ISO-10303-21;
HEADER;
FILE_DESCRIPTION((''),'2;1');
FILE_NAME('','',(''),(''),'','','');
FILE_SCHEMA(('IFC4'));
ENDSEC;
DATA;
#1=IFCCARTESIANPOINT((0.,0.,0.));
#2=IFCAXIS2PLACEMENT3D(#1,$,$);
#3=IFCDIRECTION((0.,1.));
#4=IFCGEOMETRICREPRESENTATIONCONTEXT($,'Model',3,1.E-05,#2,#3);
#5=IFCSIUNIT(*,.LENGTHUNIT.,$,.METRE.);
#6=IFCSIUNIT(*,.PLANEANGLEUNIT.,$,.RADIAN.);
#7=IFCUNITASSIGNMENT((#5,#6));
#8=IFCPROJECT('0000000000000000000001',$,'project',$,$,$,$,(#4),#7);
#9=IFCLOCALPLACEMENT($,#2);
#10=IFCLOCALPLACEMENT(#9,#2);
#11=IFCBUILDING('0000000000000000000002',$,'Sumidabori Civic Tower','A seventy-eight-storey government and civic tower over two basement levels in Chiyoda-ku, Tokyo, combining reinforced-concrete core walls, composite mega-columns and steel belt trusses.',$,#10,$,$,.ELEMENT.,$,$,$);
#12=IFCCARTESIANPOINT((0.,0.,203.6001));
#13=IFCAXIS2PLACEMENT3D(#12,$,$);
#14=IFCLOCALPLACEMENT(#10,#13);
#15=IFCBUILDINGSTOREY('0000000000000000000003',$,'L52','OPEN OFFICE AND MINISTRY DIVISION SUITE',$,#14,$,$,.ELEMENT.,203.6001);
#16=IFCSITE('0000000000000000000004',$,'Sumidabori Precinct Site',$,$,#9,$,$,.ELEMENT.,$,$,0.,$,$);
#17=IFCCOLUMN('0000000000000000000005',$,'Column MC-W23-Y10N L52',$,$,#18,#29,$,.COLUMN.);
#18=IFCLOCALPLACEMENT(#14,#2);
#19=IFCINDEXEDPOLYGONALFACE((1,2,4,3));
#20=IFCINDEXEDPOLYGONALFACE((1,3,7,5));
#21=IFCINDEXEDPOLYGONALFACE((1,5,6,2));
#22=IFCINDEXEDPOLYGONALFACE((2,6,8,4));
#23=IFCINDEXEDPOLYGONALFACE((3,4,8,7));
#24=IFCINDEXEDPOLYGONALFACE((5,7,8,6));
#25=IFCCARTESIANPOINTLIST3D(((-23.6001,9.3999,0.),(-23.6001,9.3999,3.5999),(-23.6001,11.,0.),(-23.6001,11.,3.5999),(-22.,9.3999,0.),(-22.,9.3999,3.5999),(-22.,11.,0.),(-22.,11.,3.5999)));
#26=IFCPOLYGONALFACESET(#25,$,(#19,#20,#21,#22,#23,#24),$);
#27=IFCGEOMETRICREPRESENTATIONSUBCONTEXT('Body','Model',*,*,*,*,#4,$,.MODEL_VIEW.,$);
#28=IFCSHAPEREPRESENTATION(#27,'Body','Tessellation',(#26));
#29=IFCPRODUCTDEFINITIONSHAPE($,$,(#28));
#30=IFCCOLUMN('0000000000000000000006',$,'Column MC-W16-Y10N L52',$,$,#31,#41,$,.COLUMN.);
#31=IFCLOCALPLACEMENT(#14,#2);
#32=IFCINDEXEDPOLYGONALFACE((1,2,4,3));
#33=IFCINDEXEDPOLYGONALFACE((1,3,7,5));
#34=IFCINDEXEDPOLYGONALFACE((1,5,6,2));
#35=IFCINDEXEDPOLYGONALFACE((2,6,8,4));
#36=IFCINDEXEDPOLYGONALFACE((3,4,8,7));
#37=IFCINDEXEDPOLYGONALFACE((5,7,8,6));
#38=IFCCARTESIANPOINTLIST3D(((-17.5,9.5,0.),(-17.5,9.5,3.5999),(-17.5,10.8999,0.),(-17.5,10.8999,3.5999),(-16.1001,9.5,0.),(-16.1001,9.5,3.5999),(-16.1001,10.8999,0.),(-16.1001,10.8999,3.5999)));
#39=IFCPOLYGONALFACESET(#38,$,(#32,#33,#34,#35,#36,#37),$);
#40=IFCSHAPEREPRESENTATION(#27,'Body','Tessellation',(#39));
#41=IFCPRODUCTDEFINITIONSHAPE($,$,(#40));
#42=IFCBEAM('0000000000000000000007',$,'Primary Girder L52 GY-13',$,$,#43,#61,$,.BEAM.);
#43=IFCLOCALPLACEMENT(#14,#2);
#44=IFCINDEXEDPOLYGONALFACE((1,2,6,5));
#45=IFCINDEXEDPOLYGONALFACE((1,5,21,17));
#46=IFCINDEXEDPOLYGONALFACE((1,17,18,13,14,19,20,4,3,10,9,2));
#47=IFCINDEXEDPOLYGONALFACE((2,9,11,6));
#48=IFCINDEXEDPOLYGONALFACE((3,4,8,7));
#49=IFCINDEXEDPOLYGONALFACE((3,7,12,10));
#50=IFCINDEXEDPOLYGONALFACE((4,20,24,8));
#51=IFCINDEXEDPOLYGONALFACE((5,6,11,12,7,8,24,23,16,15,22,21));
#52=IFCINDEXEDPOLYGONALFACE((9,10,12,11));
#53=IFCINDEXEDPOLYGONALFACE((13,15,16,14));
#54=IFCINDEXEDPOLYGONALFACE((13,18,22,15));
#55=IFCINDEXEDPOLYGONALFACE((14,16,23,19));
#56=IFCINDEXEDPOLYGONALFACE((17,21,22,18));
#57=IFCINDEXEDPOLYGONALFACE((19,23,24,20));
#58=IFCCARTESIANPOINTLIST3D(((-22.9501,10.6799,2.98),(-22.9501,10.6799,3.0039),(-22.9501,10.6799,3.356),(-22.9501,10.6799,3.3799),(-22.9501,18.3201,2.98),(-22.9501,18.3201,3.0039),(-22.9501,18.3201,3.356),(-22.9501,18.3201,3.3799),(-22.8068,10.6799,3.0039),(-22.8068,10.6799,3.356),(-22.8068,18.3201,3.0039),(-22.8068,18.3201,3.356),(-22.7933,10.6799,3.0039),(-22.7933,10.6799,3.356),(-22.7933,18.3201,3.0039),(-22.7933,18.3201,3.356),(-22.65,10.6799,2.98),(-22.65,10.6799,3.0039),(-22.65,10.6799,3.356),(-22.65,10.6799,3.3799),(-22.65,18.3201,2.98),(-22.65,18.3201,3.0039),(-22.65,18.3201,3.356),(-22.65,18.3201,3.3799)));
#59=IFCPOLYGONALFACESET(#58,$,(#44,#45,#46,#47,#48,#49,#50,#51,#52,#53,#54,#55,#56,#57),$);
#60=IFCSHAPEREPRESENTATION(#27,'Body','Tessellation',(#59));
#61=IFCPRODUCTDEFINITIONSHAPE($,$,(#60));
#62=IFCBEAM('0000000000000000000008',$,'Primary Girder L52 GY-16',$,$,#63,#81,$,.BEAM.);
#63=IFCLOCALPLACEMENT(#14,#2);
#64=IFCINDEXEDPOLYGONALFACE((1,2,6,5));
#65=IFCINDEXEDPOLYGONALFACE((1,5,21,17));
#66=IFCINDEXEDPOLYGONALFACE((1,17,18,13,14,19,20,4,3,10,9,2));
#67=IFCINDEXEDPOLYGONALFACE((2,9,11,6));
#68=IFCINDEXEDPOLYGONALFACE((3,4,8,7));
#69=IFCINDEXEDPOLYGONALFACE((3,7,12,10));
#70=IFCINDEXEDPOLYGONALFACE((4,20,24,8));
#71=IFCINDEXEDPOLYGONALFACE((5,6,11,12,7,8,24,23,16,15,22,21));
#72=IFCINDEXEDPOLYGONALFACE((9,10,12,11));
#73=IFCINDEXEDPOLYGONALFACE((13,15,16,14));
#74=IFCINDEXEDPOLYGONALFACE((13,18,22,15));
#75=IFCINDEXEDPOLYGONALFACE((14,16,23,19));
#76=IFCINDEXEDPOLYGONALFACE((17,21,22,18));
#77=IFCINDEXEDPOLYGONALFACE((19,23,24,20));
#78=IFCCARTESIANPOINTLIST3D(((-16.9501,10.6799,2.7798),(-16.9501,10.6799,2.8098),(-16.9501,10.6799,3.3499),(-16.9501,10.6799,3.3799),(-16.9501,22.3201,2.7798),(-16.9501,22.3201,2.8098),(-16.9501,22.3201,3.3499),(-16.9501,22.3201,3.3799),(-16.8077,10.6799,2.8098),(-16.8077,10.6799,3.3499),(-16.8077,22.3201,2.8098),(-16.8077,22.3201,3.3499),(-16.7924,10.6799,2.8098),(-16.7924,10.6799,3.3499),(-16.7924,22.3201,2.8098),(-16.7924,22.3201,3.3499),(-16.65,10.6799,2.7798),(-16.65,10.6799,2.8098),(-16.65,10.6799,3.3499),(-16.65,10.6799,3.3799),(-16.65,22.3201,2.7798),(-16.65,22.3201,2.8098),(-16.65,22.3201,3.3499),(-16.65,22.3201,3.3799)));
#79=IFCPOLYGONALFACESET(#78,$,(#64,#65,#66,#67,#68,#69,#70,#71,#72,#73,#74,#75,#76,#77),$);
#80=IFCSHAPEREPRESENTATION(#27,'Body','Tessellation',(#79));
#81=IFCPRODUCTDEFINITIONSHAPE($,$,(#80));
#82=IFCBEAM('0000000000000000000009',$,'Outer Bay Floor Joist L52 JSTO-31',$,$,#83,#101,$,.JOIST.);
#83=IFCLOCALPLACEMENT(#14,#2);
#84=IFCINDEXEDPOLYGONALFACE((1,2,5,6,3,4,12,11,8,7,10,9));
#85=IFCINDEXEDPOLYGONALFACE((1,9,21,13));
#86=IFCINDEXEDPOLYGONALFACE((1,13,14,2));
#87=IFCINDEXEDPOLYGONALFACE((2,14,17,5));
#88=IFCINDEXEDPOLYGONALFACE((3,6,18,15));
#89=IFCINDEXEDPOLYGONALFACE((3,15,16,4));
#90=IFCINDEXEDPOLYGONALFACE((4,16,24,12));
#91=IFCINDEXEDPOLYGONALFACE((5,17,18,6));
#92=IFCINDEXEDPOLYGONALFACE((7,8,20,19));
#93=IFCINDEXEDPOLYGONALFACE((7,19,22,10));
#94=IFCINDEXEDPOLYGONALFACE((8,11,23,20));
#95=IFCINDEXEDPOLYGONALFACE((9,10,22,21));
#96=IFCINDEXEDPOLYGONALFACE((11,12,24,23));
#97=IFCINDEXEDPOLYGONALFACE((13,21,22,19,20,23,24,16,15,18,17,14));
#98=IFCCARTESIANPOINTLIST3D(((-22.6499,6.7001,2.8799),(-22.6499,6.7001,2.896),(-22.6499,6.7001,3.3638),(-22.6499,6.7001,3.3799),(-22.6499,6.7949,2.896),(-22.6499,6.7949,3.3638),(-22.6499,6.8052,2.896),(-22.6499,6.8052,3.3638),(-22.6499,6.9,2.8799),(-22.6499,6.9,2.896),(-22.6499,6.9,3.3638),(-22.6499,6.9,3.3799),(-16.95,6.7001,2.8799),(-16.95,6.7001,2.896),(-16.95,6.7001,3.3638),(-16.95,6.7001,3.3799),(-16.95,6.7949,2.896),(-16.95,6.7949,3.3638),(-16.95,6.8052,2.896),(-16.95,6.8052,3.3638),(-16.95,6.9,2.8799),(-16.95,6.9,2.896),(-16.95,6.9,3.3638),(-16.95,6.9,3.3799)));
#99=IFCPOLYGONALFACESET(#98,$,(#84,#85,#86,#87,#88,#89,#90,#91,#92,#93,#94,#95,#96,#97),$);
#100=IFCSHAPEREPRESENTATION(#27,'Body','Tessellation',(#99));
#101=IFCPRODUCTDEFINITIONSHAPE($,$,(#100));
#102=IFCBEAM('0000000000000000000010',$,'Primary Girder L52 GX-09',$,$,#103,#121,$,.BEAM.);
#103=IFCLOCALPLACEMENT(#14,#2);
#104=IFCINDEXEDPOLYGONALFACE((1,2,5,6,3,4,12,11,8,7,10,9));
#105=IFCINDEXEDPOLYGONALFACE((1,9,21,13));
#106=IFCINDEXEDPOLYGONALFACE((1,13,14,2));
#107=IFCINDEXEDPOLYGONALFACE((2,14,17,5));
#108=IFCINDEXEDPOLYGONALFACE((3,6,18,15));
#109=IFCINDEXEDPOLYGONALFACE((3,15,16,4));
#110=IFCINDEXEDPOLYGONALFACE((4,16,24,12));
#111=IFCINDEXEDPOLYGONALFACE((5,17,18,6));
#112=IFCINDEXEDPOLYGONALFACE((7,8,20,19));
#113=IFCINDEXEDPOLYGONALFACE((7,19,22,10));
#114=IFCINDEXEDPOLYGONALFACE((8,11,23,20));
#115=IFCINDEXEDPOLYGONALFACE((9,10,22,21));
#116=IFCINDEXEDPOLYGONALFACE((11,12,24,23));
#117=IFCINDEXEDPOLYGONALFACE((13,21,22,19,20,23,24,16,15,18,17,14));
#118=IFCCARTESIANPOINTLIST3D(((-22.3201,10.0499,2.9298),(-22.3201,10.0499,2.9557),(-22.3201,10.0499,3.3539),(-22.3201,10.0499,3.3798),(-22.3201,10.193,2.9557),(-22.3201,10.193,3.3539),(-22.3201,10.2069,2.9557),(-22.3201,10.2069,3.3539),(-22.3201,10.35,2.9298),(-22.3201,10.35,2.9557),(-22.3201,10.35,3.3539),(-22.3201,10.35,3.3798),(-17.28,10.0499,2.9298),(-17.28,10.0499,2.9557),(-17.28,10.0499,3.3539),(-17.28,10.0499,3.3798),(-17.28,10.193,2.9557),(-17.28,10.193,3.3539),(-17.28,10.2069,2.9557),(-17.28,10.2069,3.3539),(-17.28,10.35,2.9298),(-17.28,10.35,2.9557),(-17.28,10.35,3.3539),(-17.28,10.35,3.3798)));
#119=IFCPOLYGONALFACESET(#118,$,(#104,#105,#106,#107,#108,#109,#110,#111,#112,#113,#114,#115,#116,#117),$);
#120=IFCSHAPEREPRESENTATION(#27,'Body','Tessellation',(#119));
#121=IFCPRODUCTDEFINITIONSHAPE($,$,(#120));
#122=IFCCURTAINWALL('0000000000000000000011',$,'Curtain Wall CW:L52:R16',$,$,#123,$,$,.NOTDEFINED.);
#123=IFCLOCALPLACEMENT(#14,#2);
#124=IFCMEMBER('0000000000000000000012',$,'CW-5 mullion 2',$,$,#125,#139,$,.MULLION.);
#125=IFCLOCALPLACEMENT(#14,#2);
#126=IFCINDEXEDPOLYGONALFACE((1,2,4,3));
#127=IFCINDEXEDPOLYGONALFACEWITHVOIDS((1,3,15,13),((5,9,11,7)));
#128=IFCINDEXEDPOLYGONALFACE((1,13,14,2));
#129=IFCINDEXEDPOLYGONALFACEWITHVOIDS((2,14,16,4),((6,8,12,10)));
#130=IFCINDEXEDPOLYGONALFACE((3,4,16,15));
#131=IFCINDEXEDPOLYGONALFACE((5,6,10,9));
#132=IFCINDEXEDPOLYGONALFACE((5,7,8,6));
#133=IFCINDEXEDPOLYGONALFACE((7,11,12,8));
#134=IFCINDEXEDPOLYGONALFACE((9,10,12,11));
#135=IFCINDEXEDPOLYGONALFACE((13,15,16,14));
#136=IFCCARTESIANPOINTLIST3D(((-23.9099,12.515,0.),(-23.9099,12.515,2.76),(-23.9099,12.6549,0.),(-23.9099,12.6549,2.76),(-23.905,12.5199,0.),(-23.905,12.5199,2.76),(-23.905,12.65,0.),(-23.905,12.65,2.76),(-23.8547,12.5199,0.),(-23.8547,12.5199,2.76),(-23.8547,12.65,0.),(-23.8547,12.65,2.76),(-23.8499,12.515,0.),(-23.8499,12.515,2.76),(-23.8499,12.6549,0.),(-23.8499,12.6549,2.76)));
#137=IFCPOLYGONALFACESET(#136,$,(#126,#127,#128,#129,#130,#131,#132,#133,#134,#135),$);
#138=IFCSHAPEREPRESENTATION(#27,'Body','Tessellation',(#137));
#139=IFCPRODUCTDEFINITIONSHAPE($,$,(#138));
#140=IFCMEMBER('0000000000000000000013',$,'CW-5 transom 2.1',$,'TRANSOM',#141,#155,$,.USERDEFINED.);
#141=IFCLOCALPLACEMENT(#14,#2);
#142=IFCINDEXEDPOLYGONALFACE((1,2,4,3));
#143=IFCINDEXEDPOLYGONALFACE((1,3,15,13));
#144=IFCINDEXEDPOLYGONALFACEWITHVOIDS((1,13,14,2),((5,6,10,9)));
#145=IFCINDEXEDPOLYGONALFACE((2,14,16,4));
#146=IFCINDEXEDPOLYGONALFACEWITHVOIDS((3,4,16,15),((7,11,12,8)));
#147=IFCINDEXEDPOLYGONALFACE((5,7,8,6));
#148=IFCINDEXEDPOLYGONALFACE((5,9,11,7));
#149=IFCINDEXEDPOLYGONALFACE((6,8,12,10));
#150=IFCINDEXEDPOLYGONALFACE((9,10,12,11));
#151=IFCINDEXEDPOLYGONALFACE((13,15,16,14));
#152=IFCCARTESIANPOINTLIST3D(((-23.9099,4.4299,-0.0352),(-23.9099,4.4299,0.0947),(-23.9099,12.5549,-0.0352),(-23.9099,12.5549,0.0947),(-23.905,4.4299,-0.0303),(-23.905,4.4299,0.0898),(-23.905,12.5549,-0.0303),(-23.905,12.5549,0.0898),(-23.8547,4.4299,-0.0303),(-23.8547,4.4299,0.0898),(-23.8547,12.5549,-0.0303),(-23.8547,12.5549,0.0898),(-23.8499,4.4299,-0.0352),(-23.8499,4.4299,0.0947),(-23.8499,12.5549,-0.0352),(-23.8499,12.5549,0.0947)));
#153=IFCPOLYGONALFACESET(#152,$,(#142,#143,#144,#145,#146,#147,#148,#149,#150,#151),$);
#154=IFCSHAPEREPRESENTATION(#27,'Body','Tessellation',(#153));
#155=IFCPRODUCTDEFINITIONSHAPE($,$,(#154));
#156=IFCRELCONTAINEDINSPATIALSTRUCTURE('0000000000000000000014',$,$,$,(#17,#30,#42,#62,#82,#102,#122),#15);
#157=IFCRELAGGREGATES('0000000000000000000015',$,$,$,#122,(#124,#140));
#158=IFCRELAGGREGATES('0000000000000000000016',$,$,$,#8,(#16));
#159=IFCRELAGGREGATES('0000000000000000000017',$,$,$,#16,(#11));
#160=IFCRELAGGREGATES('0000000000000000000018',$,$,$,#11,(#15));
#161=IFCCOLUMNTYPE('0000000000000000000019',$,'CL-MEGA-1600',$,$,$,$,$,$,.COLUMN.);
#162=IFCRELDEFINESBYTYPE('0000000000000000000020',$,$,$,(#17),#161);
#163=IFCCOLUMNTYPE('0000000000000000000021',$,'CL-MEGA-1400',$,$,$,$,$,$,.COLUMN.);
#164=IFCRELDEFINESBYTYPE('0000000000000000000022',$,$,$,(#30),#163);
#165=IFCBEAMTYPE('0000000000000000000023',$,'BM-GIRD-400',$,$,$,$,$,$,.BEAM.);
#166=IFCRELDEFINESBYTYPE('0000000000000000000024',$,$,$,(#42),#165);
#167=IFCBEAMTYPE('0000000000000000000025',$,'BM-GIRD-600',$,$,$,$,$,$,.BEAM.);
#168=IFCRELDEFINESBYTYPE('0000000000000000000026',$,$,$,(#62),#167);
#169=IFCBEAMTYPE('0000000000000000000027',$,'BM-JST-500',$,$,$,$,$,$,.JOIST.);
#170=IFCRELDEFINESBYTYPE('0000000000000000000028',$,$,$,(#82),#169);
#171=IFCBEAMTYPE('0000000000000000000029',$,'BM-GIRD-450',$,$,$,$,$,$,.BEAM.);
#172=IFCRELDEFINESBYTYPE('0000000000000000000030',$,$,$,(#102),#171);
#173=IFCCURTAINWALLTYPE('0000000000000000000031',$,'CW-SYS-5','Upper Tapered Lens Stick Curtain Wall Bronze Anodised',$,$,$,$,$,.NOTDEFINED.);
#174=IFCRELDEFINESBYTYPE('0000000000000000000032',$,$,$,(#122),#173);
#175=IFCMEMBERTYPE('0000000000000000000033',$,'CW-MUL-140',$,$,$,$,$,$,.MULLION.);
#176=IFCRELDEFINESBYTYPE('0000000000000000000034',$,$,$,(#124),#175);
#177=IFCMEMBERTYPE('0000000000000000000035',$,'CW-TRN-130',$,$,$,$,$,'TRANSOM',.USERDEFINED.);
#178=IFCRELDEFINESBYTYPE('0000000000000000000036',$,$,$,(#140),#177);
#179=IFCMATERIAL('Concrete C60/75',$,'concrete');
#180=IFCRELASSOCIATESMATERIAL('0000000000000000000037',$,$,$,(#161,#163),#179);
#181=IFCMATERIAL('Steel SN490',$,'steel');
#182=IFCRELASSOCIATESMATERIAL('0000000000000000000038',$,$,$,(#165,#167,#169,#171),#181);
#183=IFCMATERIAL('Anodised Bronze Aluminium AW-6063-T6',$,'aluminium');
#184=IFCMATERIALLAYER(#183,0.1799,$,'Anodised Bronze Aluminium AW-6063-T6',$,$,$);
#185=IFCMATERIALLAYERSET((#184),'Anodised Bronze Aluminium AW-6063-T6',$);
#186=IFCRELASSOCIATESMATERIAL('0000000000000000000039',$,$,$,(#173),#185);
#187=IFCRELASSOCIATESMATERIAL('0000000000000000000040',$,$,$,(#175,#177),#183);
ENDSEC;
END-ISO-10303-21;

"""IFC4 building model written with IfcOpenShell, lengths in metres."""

from ifc_helpers import new_model, si_unit, direction, frame, origin, origin_2d, place, context, subcontext, project, spatial, rectangle, hollow_rectangle, i_section, extrude, source, transform, mapped, material, layer, layer_set, material_profile, profile_set, type_object, element, aggregate, save


model = new_model("IFC4")

# Units and contexts
model_context = context("Model", 3, precision=1e-05, world=origin(), true_north=direction((0.0, 1.0)))
body_context = subcontext(model_context, "Body", "Model", "MODEL_VIEW")
ifc_project = project(units=[si_unit("LENGTHUNIT", "METRE"), si_unit("PLANEANGLEUNIT", "RADIAN")], contexts=[model_context])

# Site, building, storey
site_placement = place(None, origin())
site = spatial("IfcSite", under=ifc_project, at=site_placement, Name="Sumidabori Precinct Site", CompositionType="ELEMENT", RefElevation=0.0)
building_placement = place(site_placement, origin())
building = spatial("IfcBuilding", under=site, at=building_placement, Name="Sumidabori Civic Tower", Description="A seventy-eight-storey government and civic tower over two basement levels in Chiyoda-ku, Tokyo, combining reinforced-concrete core walls, composite mega-columns and steel belt trusses.", CompositionType="ELEMENT")
storey_placement = place(building_placement, frame((0.0, 0.0, 203.6001)))
storey = spatial("IfcBuildingStorey", under=building, at=storey_placement, Name="L52", Description="OPEN OFFICE AND MINISTRY DIVISION SUITE", CompositionType="ELEMENT", Elevation=203.6001)

# Columns
ifc_material_1 = material(Name="Concrete C60/75", Category="concrete")
ifc_material_profile_1 = material_profile(ifc_material_1, rectangle(XDim=1.6001, YDim=1.6001, at=origin_2d()), Name="RC 1600x1600")
ifc_profile_set_1 = profile_set([ifc_material_profile_1], Name="Concrete C60/75")
column_type_1 = type_object("IfcColumnType", Name="CL-MEGA-1600", PredefinedType="COLUMN", material=ifc_profile_set_1)
shared_shape_1 = source(origin(), body_context, "Body", "SweptSolid", [
    extrude(rectangle(XDim=1.6001, YDim=1.6001, at=origin_2d()), origin(), (0.0, 0.0, 1.0), 3.5999),
])
column_1_placement = place(storey_placement, frame((-22.8, 10.2, 0.0), z_axis=(0.0, 0.0, 1.0), x_axis=(1.0, 0.0, 0.0)))
element("IfcColumn", 1, at=column_1_placement, inside=storey, type_object=column_type_1, Name="Column MC-W23-Y10N L52", PredefinedType="COLUMN", context=body_context, shape_type="MappedRepresentation", body=[
    mapped(shared_shape_1, transform((0.0, 0.0, 0.0), x_axis=(1.0, 0.0, 0.0), y_axis=(0.0, 1.0, 0.0), z_axis=(0.0, 0.0, 1.0), scale=1.0)),
])
ifc_material_profile_2 = material_profile(ifc_material_1, rectangle(XDim=1.3999, YDim=1.3999, at=origin_2d()), Name="RC 1400x1400")
ifc_profile_set_2 = profile_set([ifc_material_profile_2], Name="Concrete C60/75")
column_type_2 = type_object("IfcColumnType", Name="CL-MEGA-1400", PredefinedType="COLUMN", material=ifc_profile_set_2)
shared_shape_2 = source(origin(), body_context, "Body", "SweptSolid", [
    extrude(rectangle(XDim=1.3999, YDim=1.3999, at=origin_2d()), origin(), (0.0, 0.0, 1.0), 3.5999),
])
column_2_placement = place(storey_placement, frame((-16.8, 10.2, 0.0), z_axis=(0.0, 0.0, 1.0), x_axis=(1.0, 0.0, 0.0)))
element("IfcColumn", 2, at=column_2_placement, inside=storey, type_object=column_type_2, Name="Column MC-W16-Y10N L52", PredefinedType="COLUMN", context=body_context, shape_type="MappedRepresentation", body=[
    mapped(shared_shape_2, transform((0.0, 0.0, 0.0), x_axis=(1.0, 0.0, 0.0), y_axis=(0.0, 1.0, 0.0), z_axis=(0.0, 0.0, 1.0), scale=1.0)),
])

# Beams
ifc_material_2 = material(Name="Steel SN490", Category="steel")
ifc_material_profile_3 = material_profile(ifc_material_2, i_section(OverallWidth=0.3, OverallDepth=0.3999, WebThickness=0.0134, FlangeThickness=0.0239, at=origin_2d()), Name="HE 400 B")
ifc_profile_set_3 = profile_set([ifc_material_profile_3], Name="Steel SN490")
beam_type_1 = type_object("IfcBeamType", Name="BM-GIRD-400", PredefinedType="BEAM", material=ifc_profile_set_3)
shared_shape_3 = source(origin(), body_context, "Body", "SweptSolid", [
    extrude(i_section(OverallWidth=0.3, OverallDepth=0.3999, WebThickness=0.0134, FlangeThickness=0.0239, at=origin_2d()), origin(), (0.0, 0.0, 1.0), 7.6401),
])
beam_1_placement = place(storey_placement, frame((-22.8, 10.6799, 3.1799), z_axis=(0.0, 1.0, 0.0), x_axis=(-1.0, 0.0, 0.0)))
element("IfcBeam", 3, at=beam_1_placement, inside=storey, type_object=beam_type_1, Name="Primary Girder L52 GY-13", PredefinedType="BEAM", context=body_context, shape_type="MappedRepresentation", body=[
    mapped(shared_shape_3, transform((0.0, 0.0, 0.0), x_axis=(1.0, 0.0, 0.0), y_axis=(0.0, 1.0, 0.0), z_axis=(0.0, 0.0, 1.0), scale=1.0)),
])
ifc_material_profile_4 = material_profile(ifc_material_2, i_section(OverallWidth=0.3, OverallDepth=0.6001, WebThickness=0.0154, FlangeThickness=0.03, at=origin_2d()), Name="HE 600 B")
ifc_profile_set_4 = profile_set([ifc_material_profile_4], Name="Steel SN490")
beam_type_2 = type_object("IfcBeamType", Name="BM-GIRD-600", PredefinedType="BEAM", material=ifc_profile_set_4)
shared_shape_4 = source(origin(), body_context, "Body", "SweptSolid", [
    extrude(i_section(OverallWidth=0.3, OverallDepth=0.6001, WebThickness=0.0154, FlangeThickness=0.03, at=origin_2d()), origin(), (0.0, 0.0, 1.0), 11.6401),
])
beam_2_placement = place(storey_placement, frame((-16.8, 10.6799, 3.0798), z_axis=(0.0, 1.0, 0.0), x_axis=(-1.0, 0.0, 0.0)))
element("IfcBeam", 4, at=beam_2_placement, inside=storey, type_object=beam_type_2, Name="Primary Girder L52 GY-16", PredefinedType="BEAM", context=body_context, shape_type="MappedRepresentation", body=[
    mapped(shared_shape_4, transform((0.0, 0.0, 0.0), x_axis=(1.0, 0.0, 0.0), y_axis=(0.0, 1.0, 0.0), z_axis=(0.0, 0.0, 1.0), scale=1.0)),
])
ifc_material_profile_5 = material_profile(ifc_material_2, i_section(OverallWidth=0.2, OverallDepth=0.5, WebThickness=0.0103, FlangeThickness=0.0161, at=origin_2d()), Name="IPE 500")
ifc_profile_set_5 = profile_set([ifc_material_profile_5], Name="Steel SN490")
beam_type_3 = type_object("IfcBeamType", Name="BM-JST-500", PredefinedType="JOIST", material=ifc_profile_set_5)
shared_shape_5 = source(origin(), body_context, "Body", "SweptSolid", [
    extrude(i_section(OverallWidth=0.2, OverallDepth=0.5, WebThickness=0.0103, FlangeThickness=0.0161, at=origin_2d()), origin(), (0.0, 0.0, 1.0), 5.7),
])
beam_3_placement = place(storey_placement, frame((-22.6499, 6.8, 3.1299), z_axis=(1.0, 0.0, 0.0), x_axis=(0.0, 1.0, 0.0)))
element("IfcBeam", 5, at=beam_3_placement, inside=storey, type_object=beam_type_3, Name="Outer Bay Floor Joist L52 JSTO-31", PredefinedType="JOIST", context=body_context, shape_type="MappedRepresentation", body=[
    mapped(shared_shape_5, transform((0.0, 0.0, 0.0), x_axis=(1.0, 0.0, 0.0), y_axis=(0.0, 1.0, 0.0), z_axis=(0.0, 0.0, 1.0), scale=1.0)),
])
ifc_material_profile_6 = material_profile(ifc_material_2, i_section(OverallWidth=0.3, OverallDepth=0.45, WebThickness=0.0139, FlangeThickness=0.0259, at=origin_2d()), Name="HE 450 B")
ifc_profile_set_6 = profile_set([ifc_material_profile_6], Name="Steel SN490")
beam_type_4 = type_object("IfcBeamType", Name="BM-GIRD-450", PredefinedType="BEAM", material=ifc_profile_set_6)
shared_shape_6 = source(origin(), body_context, "Body", "SweptSolid", [
    extrude(i_section(OverallWidth=0.3, OverallDepth=0.45, WebThickness=0.0139, FlangeThickness=0.0259, at=origin_2d()), origin(), (0.0, 0.0, 1.0), 5.04),
])
beam_4_placement = place(storey_placement, frame((-22.3201, 10.2, 3.1548), z_axis=(1.0, 0.0, 0.0), x_axis=(0.0, 1.0, 0.0)))
element("IfcBeam", 6, at=beam_4_placement, inside=storey, type_object=beam_type_4, Name="Primary Girder L52 GX-09", PredefinedType="BEAM", context=body_context, shape_type="MappedRepresentation", body=[
    mapped(shared_shape_6, transform((0.0, 0.0, 0.0), x_axis=(1.0, 0.0, 0.0), y_axis=(0.0, 1.0, 0.0), z_axis=(0.0, 0.0, 1.0), scale=1.0)),
])

# Curtain wall, members
ifc_material_3 = material(Name="Anodised Bronze Aluminium AW-6063-T6", Category="aluminium")
ifc_layer_1 = layer(ifc_material_3, 0.1799, Name="Anodised Bronze Aluminium AW-6063-T6")
ifc_layer_set_1 = layer_set([ifc_layer_1], Name="Anodised Bronze Aluminium AW-6063-T6")
curtain_wall_type = type_object("IfcCurtainWallType", Name="CW-SYS-5", Description="Upper Tapered Lens Stick Curtain Wall Bronze Anodised", PredefinedType="NOTDEFINED", material=ifc_layer_set_1)
curtain_wall_placement = place(storey_placement, origin())
curtain_wall = element("IfcCurtainWall", 7, at=curtain_wall_placement, inside=storey, type_object=curtain_wall_type, Name="Curtain Wall CW:L52:R16", PredefinedType="NOTDEFINED")
ifc_material_profile_7 = material_profile(ifc_material_3, hollow_rectangle(XDim=0.0601, YDim=0.1399, WallThickness=0.0049, at=origin_2d()), Name="ALU MULLION 140x60")
ifc_profile_set_7 = profile_set([ifc_material_profile_7], Name="Anodised Bronze Aluminium AW-6063-T6")
member_type_1 = type_object("IfcMemberType", Name="CW-MUL-140", PredefinedType="MULLION", material=ifc_profile_set_7)
shared_shape_7 = source(origin(), body_context, "Body", "SweptSolid", [
    extrude(hollow_rectangle(XDim=0.0601, YDim=0.1399, WallThickness=0.0049, at=origin_2d()), origin(), (0.0, 0.0, 1.0), 2.76),
])
member_1_placement = place(storey_placement, frame((-23.8799, 12.585, 0.0), z_axis=(0.0, 0.0, 1.0), x_axis=(1.0, 0.0, 0.0)))
member_1 = element("IfcMember", 8, at=member_1_placement, type_object=member_type_1, Name="CW-5 mullion 2", PredefinedType="MULLION", context=body_context, shape_type="MappedRepresentation", body=[
    mapped(shared_shape_7, transform((0.0, 0.0, 0.0), x_axis=(1.0, 0.0, 0.0), y_axis=(0.0, 1.0, 0.0), z_axis=(0.0, 0.0, 1.0), scale=1.0)),
])
ifc_material_profile_8 = material_profile(ifc_material_3, hollow_rectangle(XDim=0.0601, YDim=0.1299, WallThickness=0.0049, at=origin_2d()), Name="ALU TRANSOM 130x60")
ifc_profile_set_8 = profile_set([ifc_material_profile_8], Name="Anodised Bronze Aluminium AW-6063-T6")
member_type_2 = type_object("IfcMemberType", Name="CW-TRN-130", ElementType="TRANSOM", PredefinedType="USERDEFINED", material=ifc_profile_set_8)
shared_shape_8 = source(origin(), body_context, "Body", "SweptSolid", [
    extrude(hollow_rectangle(XDim=0.0601, YDim=0.1299, WallThickness=0.0049, at=origin_2d()), origin(), (0.0, 0.0, 1.0), 8.125),
])
member_2_placement = place(storey_placement, frame((-23.8799, 12.5549, 0.0298), z_axis=(0.0, -1.0, 0.0), x_axis=(1.0, 0.0, 0.0)))
member_2 = element("IfcMember", 9, at=member_2_placement, type_object=member_type_2, Name="CW-5 transom 2.1", ObjectType="TRANSOM", PredefinedType="USERDEFINED", context=body_context, shape_type="MappedRepresentation", body=[
    mapped(shared_shape_8, transform((0.0, 0.0, 0.0), x_axis=(1.0, 0.0, 0.0), y_axis=(0.0, 1.0, 0.0), z_axis=(0.0, 0.0, 1.0), scale=1.0)),
])
aggregate(curtain_wall, [member_1, member_2])

save(model, "model.ifc")
